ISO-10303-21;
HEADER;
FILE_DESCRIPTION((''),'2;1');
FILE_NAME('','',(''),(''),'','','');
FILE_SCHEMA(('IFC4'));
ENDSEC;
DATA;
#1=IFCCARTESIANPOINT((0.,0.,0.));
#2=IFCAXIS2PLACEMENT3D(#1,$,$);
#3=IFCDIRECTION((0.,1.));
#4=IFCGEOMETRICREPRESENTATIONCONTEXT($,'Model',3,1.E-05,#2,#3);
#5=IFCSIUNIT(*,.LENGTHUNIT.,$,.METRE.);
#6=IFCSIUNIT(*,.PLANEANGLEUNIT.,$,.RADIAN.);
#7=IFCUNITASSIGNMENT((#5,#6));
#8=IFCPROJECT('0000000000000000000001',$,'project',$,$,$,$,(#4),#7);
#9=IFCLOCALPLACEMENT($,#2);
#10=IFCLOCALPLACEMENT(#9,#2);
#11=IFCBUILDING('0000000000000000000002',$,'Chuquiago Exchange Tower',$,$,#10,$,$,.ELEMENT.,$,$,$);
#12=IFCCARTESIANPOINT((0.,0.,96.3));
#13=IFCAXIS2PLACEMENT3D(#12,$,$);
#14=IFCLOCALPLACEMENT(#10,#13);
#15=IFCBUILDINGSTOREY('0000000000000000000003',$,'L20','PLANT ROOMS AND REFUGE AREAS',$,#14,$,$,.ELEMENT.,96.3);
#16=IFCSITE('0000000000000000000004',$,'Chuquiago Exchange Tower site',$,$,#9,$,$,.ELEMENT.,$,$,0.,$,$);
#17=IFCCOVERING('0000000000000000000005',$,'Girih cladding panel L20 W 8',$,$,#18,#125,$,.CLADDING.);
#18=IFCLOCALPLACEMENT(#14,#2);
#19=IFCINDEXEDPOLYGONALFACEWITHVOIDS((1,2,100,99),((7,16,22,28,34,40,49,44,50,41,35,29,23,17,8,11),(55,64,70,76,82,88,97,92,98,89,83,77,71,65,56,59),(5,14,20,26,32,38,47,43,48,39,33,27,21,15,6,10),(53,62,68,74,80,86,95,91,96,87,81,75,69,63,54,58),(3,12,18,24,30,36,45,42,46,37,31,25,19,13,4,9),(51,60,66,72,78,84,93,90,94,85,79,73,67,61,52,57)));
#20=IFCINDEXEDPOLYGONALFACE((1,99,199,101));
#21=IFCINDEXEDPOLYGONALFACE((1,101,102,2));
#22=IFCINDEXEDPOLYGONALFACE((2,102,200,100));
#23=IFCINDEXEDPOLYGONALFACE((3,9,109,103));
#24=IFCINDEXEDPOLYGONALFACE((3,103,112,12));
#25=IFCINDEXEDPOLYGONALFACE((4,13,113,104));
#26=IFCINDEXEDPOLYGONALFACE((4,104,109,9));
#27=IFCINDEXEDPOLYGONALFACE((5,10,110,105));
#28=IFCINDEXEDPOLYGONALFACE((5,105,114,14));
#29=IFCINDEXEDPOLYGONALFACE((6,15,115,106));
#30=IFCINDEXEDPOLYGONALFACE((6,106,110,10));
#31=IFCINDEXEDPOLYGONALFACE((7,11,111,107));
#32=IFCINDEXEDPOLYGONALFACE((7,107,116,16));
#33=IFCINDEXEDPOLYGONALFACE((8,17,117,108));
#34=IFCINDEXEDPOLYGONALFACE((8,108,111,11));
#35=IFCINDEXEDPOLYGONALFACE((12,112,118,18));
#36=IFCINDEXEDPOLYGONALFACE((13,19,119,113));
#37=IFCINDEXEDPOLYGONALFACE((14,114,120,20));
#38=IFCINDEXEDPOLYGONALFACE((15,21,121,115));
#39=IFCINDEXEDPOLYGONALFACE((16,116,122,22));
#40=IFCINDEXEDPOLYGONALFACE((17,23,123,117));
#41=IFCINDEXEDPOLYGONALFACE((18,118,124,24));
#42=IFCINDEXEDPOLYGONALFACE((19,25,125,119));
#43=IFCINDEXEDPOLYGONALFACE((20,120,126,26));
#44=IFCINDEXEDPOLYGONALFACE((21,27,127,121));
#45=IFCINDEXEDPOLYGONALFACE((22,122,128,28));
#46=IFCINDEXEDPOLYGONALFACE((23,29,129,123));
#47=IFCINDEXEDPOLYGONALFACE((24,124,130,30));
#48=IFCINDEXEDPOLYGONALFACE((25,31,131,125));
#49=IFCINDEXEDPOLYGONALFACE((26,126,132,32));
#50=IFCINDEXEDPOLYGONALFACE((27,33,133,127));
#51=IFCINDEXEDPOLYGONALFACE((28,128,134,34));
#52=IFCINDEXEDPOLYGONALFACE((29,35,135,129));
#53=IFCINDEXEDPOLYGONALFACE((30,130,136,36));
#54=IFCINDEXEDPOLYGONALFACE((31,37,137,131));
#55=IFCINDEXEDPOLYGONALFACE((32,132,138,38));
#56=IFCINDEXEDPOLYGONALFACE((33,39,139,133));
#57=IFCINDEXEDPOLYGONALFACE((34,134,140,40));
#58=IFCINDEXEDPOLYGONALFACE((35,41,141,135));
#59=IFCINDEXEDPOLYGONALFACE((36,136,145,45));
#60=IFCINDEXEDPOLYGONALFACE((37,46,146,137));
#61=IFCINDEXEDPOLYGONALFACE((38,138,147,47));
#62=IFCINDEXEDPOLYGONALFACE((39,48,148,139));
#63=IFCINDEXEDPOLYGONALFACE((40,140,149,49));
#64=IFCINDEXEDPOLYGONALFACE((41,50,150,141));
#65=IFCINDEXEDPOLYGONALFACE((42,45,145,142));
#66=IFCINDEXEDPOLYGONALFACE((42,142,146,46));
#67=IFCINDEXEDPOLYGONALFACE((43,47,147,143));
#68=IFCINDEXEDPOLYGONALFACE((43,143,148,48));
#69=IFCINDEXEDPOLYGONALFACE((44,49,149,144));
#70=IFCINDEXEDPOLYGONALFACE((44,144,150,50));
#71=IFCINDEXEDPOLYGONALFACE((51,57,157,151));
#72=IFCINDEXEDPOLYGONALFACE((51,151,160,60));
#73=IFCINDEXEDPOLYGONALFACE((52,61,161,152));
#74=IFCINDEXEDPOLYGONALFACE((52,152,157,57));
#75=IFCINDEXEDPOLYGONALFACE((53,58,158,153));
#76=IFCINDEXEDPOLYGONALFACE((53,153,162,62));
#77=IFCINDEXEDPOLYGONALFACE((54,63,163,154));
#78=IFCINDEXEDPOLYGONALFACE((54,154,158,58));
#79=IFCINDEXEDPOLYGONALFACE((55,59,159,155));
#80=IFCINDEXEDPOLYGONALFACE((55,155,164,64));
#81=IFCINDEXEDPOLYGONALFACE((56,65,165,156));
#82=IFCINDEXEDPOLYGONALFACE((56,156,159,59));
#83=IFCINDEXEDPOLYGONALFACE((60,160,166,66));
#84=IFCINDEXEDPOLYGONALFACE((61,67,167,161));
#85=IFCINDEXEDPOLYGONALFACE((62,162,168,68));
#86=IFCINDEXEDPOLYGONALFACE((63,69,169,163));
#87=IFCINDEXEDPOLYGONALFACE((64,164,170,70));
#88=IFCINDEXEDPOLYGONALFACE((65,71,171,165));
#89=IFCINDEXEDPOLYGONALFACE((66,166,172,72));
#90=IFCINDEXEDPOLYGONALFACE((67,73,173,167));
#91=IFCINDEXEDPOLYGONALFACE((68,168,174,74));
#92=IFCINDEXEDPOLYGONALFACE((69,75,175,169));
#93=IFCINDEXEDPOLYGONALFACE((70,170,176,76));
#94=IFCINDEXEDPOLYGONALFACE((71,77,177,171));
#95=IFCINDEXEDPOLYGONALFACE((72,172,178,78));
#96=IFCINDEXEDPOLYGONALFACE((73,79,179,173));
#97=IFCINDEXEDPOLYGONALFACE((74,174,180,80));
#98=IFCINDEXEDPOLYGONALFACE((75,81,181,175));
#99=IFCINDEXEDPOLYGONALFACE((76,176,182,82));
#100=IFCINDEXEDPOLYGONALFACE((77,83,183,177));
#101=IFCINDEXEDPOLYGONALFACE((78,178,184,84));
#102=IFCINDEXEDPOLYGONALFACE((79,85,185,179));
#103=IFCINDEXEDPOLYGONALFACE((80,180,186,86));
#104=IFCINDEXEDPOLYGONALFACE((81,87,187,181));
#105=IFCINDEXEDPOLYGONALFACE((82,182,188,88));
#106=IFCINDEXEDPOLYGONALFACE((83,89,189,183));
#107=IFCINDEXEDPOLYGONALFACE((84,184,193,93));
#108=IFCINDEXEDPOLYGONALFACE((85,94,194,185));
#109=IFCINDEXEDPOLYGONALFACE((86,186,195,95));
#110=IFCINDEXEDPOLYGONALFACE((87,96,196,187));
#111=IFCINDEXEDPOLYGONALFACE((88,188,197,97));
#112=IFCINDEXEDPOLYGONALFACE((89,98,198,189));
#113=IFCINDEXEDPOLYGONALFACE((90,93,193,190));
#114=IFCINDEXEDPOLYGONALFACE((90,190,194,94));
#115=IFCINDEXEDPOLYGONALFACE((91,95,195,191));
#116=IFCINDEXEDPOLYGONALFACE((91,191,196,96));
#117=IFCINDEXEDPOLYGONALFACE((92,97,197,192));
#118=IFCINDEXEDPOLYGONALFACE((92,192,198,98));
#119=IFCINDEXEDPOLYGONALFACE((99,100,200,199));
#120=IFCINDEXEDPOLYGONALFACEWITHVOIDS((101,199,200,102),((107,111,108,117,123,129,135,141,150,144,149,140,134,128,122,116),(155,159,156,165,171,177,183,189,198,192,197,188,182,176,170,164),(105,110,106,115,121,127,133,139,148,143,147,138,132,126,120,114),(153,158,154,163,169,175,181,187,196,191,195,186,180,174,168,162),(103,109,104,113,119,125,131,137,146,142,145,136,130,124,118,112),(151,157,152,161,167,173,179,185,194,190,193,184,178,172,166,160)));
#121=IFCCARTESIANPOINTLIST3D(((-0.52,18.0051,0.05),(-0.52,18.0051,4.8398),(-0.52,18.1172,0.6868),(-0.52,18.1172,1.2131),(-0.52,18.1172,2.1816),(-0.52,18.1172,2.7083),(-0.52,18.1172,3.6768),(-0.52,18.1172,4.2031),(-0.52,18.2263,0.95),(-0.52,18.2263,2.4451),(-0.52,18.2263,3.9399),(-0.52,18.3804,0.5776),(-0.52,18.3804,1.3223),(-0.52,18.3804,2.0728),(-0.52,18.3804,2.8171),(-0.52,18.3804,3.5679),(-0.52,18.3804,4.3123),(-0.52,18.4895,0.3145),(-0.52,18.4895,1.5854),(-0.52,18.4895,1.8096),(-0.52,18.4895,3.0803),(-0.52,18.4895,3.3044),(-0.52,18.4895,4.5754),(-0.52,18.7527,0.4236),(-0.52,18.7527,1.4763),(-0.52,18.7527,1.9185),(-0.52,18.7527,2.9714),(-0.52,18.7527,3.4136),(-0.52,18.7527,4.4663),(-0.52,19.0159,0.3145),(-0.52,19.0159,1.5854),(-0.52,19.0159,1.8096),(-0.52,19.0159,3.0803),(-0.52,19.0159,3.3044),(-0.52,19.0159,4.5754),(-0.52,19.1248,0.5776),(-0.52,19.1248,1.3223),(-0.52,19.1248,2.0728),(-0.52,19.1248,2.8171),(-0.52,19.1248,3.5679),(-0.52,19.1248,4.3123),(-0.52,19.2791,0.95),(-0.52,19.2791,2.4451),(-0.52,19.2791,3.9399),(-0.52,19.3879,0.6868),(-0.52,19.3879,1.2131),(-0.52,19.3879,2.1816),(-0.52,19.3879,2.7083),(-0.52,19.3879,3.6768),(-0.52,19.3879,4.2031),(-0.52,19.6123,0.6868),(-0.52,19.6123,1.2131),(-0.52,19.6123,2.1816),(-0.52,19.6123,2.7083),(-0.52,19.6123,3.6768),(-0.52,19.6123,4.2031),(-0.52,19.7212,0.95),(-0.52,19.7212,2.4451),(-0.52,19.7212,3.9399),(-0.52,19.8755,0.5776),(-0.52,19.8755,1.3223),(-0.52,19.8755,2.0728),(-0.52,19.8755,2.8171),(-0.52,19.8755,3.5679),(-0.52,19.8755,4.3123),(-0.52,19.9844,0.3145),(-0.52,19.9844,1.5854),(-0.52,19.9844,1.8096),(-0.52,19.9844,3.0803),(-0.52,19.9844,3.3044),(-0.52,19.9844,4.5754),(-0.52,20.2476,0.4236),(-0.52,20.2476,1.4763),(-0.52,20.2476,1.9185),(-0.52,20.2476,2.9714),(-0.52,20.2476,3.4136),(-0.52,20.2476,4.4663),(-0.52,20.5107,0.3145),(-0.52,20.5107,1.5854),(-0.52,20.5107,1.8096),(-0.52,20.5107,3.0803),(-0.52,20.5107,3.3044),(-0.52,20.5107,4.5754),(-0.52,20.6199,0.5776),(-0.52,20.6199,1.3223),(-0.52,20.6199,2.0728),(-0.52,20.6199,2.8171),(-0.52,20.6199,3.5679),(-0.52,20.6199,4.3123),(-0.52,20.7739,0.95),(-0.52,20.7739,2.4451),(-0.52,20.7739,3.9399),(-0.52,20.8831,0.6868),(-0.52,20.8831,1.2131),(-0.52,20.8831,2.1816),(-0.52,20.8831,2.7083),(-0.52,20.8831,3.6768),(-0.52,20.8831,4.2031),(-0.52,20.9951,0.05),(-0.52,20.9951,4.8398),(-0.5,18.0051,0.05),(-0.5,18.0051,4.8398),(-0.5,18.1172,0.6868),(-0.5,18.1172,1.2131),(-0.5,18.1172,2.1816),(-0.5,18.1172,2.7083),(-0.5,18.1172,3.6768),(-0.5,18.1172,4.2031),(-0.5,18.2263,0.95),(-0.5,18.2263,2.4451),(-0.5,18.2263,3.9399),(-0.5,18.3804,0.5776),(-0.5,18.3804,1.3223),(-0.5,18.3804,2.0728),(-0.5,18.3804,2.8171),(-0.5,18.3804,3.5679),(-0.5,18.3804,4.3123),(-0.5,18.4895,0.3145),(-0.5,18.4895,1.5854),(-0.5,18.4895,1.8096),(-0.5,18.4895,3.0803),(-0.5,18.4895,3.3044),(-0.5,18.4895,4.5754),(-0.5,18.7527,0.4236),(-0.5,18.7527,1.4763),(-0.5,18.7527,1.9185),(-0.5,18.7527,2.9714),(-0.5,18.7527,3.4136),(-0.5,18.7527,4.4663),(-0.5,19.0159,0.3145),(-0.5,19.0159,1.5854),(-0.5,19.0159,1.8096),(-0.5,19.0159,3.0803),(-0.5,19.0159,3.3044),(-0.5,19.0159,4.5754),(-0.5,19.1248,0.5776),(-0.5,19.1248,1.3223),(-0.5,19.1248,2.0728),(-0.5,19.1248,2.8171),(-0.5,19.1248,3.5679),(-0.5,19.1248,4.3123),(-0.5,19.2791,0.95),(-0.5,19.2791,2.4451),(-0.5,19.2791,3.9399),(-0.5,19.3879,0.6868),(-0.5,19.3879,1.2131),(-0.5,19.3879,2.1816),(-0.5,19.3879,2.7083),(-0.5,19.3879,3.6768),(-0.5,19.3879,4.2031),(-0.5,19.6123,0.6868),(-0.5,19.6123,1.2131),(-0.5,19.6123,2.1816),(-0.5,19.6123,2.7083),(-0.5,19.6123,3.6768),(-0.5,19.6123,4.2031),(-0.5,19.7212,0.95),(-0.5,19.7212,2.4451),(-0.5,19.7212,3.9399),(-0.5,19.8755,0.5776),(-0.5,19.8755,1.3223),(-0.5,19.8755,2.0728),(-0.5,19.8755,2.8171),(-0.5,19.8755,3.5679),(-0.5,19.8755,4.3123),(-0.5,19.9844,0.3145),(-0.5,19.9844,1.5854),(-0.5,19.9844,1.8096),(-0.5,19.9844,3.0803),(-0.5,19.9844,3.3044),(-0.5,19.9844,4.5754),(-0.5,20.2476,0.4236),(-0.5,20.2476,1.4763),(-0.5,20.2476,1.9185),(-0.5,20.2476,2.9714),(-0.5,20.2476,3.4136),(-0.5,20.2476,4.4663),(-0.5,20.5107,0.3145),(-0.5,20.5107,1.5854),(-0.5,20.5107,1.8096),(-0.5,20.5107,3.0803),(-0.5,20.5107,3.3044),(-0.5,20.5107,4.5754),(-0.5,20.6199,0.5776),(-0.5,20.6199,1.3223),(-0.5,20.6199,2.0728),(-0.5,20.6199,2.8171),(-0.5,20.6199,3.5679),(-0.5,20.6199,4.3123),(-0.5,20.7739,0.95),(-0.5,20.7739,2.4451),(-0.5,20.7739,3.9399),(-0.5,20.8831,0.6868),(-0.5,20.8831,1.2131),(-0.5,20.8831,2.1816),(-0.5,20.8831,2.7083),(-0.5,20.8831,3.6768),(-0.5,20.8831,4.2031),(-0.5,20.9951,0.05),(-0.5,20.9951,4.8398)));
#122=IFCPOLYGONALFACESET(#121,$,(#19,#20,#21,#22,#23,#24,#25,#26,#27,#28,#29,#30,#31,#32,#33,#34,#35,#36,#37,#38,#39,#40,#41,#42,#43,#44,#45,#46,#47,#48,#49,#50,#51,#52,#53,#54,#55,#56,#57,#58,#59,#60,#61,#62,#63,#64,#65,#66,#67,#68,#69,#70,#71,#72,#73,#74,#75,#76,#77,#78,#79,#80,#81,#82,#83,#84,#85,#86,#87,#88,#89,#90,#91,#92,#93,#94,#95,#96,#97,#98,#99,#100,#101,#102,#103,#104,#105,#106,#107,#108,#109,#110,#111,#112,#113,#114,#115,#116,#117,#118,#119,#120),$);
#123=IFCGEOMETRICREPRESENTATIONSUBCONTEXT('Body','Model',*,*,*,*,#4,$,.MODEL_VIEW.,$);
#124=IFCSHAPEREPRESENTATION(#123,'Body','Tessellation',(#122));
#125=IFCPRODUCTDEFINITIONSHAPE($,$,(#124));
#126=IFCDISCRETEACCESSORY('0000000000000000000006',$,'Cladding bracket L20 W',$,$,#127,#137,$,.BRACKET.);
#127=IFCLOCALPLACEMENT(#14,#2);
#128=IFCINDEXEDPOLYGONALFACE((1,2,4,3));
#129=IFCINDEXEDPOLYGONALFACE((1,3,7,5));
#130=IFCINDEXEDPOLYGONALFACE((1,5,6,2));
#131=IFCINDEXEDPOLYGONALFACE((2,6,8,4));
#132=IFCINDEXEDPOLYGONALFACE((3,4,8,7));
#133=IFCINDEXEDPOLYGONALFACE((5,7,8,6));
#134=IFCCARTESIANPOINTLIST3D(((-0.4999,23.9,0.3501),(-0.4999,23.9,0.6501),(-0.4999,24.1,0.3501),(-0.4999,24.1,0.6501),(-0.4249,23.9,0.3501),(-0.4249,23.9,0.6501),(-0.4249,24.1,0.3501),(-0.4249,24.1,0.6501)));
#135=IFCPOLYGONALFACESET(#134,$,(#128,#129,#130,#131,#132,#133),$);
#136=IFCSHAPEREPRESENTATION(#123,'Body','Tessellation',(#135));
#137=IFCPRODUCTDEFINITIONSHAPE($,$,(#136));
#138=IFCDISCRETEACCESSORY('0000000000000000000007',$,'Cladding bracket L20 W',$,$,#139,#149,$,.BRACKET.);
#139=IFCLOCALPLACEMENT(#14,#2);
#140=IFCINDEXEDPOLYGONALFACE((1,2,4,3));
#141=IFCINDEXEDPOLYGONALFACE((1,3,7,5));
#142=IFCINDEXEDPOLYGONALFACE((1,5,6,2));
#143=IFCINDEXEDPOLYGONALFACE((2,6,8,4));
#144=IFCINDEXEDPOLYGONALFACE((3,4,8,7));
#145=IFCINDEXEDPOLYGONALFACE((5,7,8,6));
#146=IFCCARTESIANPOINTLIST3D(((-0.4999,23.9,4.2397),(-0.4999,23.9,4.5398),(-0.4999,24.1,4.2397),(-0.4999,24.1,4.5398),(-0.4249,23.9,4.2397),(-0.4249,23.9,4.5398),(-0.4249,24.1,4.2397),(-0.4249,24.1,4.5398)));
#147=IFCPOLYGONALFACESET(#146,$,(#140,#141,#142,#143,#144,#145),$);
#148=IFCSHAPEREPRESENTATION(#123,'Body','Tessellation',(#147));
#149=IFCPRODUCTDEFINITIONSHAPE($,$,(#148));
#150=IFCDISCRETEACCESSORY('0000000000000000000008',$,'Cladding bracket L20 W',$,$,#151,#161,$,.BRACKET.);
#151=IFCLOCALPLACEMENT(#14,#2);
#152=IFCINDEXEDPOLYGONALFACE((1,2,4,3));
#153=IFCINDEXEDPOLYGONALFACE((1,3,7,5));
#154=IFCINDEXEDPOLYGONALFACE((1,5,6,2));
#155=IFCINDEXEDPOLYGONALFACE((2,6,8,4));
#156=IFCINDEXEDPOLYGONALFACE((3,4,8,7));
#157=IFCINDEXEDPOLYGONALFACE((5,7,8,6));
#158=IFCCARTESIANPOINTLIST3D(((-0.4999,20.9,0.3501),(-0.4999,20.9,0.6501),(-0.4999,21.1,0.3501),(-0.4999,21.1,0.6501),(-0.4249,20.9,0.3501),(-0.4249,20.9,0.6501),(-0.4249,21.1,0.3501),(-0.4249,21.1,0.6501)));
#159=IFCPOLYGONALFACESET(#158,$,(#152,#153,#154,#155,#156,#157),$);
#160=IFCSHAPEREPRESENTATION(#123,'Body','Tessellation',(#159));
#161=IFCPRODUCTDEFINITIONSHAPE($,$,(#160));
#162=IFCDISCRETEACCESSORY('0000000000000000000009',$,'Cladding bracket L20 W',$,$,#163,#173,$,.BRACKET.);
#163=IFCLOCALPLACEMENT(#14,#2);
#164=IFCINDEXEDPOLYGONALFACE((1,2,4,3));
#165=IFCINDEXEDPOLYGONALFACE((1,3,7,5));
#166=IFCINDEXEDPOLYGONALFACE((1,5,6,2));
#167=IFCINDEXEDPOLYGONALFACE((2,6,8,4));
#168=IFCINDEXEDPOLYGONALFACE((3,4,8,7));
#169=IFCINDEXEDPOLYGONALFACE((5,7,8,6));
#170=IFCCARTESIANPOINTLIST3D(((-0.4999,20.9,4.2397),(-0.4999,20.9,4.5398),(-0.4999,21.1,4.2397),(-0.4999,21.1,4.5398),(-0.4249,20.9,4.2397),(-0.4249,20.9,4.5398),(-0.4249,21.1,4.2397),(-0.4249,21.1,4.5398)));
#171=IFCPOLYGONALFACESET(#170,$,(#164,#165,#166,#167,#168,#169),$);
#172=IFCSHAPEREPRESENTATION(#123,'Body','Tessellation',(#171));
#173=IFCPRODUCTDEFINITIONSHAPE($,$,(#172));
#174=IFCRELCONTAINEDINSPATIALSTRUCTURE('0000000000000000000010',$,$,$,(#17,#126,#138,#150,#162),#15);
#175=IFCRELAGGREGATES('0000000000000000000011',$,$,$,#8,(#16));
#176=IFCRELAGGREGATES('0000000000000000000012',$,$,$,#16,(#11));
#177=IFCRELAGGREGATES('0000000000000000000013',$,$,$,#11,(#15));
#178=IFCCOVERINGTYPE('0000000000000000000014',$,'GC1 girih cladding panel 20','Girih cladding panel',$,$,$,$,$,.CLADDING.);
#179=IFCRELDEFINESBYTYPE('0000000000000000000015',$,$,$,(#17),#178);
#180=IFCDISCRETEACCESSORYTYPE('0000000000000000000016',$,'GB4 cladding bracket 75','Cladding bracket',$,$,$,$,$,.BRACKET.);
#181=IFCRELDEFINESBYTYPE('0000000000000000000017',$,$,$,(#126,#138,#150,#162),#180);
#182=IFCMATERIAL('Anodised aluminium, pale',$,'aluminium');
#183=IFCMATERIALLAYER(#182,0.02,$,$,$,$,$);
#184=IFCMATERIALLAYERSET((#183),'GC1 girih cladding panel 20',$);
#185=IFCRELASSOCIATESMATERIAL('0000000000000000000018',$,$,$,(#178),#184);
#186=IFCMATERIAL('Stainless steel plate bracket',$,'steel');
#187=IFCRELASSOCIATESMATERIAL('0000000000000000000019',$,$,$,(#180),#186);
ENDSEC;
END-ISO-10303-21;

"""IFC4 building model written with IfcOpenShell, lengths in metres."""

from ifc_helpers import new_model, si_unit, direction, frame, origin, origin_2d, place, context, subcontext, project, spatial, polyline, rectangle, outline, extrude, material, layer, layer_set, type_object, element, save


model = new_model("IFC4")

# Units and contexts
model_context = context("Model", 3, precision=1e-05, world=origin(), true_north=direction((0.0, 1.0)))
body_context = subcontext(model_context, "Body", "Model", "MODEL_VIEW")
ifc_project = project(units=[si_unit("LENGTHUNIT", "METRE"), si_unit("PLANEANGLEUNIT", "RADIAN")], contexts=[model_context])

# Site, building, storey
site_placement = place(None, origin())
site = spatial("IfcSite", under=ifc_project, at=site_placement, Name="Chuquiago Exchange Tower site", CompositionType="ELEMENT", RefElevation=0.0)
building_placement = place(site_placement, origin())
building = spatial("IfcBuilding", under=site, at=building_placement, Name="Chuquiago Exchange Tower", CompositionType="ELEMENT")
storey_placement = place(building_placement, frame((0.0, 0.0, 96.3)))
storey = spatial("IfcBuildingStorey", under=building, at=storey_placement, Name="L20", Description="PLANT ROOMS AND REFUGE AREAS", CompositionType="ELEMENT", Elevation=96.3)

# Covering
ifc_material_1 = material(Name="Anodised aluminium, pale", Category="aluminium")
ifc_layer_1 = layer(ifc_material_1, 0.02)
ifc_layer_set_1 = layer_set([ifc_layer_1], Name="GC1 girih cladding panel 20")
covering_type = type_object("IfcCoveringType", Name="GC1 girih cladding panel 20", Description="Girih cladding panel", PredefinedType="CLADDING", material=ifc_layer_set_1)
covering_1_placement = place(storey_placement, frame((-0.5, 20.9951, 0.05), z_axis=(0.0, 0.0, 1.0), x_axis=(0.0, -1.0, 0.0)))
element("IfcCovering", 1, at=covering_1_placement, inside=storey, type_object=covering_type, Name="Girih cladding panel L20 W 8", PredefinedType="CLADDING", context=body_context, shape_type="SweptSolid", body=[
    extrude(outline(polyline([(0.0, 0.0), (2.99, 0.0), (2.99, 4.7898), (0.0, 4.7898), (0.0, 0.0)]), holes=[polyline([(1.2739, 0.8999), (1.3828, 1.1631), (1.1196, 1.2722), (1.0107, 1.5354), (0.7476, 1.4263), (0.4844, 1.5354), (0.3752, 1.2722), (0.1121, 1.1631), (0.2212, 0.8999), (0.1121, 0.6367), (0.3752, 0.5276), (0.4844, 0.2644), (0.7476, 0.3735), (1.0107, 0.2644), (1.1196, 0.5276), (1.3828, 0.6367), (1.2739, 0.8999)]), polyline([(2.7688, 0.8999), (2.8779, 1.1631), (2.6147, 1.2722), (2.5056, 1.5354), (2.2424, 1.4263), (1.9792, 1.5354), (1.8704, 1.2722), (1.6072, 1.1631), (1.7161, 0.8999), (1.6072, 0.6367), (1.8704, 0.5276), (1.9792, 0.2644), (2.2424, 0.3735), (2.5056, 0.2644), (2.6147, 0.5276), (2.8779, 0.6367), (2.7688, 0.8999)]), polyline([(1.2739, 2.395), (1.3828, 2.6582), (1.1196, 2.7671), (1.0107, 3.0303), (0.7476, 2.9214), (0.4844, 3.0303), (0.3752, 2.7671), (0.1121, 2.6582), (0.2212, 2.395), (0.1121, 2.1316), (0.3752, 2.0227), (0.4844, 1.7595), (0.7476, 1.8684), (1.0107, 1.7595), (1.1196, 2.0227), (1.3828, 2.1316), (1.2739, 2.395)]), polyline([(2.7688, 2.395), (2.8779, 2.6582), (2.6147, 2.7671), (2.5056, 3.0303), (2.2424, 2.9214), (1.9792, 3.0303), (1.8704, 2.7671), (1.6072, 2.6582), (1.7161, 2.395), (1.6072, 2.1316), (1.8704, 2.0227), (1.9792, 1.7595), (2.2424, 1.8684), (2.5056, 1.7595), (2.6147, 2.0227), (2.8779, 2.1316), (2.7688, 2.395)]), polyline([(1.2739, 3.8899), (1.3828, 4.1531), (1.1196, 4.2622), (1.0107, 4.5254), (0.7476, 4.4163), (0.4844, 4.5254), (0.3752, 4.2622), (0.1121, 4.1531), (0.2212, 3.8899), (0.1121, 3.6267), (0.3752, 3.5178), (0.4844, 3.2544), (0.7476, 3.3635), (1.0107, 3.2544), (1.1196, 3.5178), (1.3828, 3.6267), (1.2739, 3.8899)]), polyline([(2.7688, 3.8899), (2.8779, 4.1531), (2.6147, 4.2622), (2.5056, 4.5254), (2.2424, 4.4163), (1.9792, 4.5254), (1.8704, 4.2622), (1.6072, 4.1531), (1.7161, 3.8899), (1.6072, 3.6267), (1.8704, 3.5178), (1.9792, 3.2544), (2.2424, 3.3635), (2.5056, 3.2544), (2.6147, 3.5178), (2.8779, 3.6267), (2.7688, 3.8899)])]), frame((0.0, 0.0, 0.0), z_axis=(0.0, -1.0, 0.0), x_axis=(1.0, 0.0, 0.0)), (0.0, 0.0, 1.0), 0.02),
])

# Discrete accessories
ifc_material_2 = material(Name="Stainless steel plate bracket", Category="steel")
discrete_accessory_type = type_object("IfcDiscreteAccessoryType", Name="GB4 cladding bracket 75", Description="Cladding bracket", PredefinedType="BRACKET", material=ifc_material_2)
for number, where, z_axis, x_axis, name in (
    (2, (-0.4624, 24.0, 0.3501), (0.0, 0.0, 1.0), (0.0, -1.0, 0.0), "Cladding bracket L20 W"),
    (3, (-0.4624, 24.0, 4.2397), (0.0, 0.0, 1.0), (0.0, -1.0, 0.0), "Cladding bracket L20 W"),
    (4, (-0.4624, 21.0, 0.3501), (0.0, 0.0, 1.0), (0.0, -1.0, 0.0), "Cladding bracket L20 W"),
    (5, (-0.4624, 21.0, 4.2397), (0.0, 0.0, 1.0), (0.0, -1.0, 0.0), "Cladding bracket L20 W"),
):
    element("IfcDiscreteAccessory", number, at=place(storey_placement, frame(where, z_axis=z_axis, x_axis=x_axis)), inside=storey, type_object=discrete_accessory_type, Name=name, PredefinedType="BRACKET", context=body_context, shape_type="SweptSolid", body=[
        extrude(rectangle(XDim=0.2, YDim=0.075, at=origin_2d()), origin(), (0.0, 0.0, 1.0), 0.3),
    ])

save(model, "model.ifc")
